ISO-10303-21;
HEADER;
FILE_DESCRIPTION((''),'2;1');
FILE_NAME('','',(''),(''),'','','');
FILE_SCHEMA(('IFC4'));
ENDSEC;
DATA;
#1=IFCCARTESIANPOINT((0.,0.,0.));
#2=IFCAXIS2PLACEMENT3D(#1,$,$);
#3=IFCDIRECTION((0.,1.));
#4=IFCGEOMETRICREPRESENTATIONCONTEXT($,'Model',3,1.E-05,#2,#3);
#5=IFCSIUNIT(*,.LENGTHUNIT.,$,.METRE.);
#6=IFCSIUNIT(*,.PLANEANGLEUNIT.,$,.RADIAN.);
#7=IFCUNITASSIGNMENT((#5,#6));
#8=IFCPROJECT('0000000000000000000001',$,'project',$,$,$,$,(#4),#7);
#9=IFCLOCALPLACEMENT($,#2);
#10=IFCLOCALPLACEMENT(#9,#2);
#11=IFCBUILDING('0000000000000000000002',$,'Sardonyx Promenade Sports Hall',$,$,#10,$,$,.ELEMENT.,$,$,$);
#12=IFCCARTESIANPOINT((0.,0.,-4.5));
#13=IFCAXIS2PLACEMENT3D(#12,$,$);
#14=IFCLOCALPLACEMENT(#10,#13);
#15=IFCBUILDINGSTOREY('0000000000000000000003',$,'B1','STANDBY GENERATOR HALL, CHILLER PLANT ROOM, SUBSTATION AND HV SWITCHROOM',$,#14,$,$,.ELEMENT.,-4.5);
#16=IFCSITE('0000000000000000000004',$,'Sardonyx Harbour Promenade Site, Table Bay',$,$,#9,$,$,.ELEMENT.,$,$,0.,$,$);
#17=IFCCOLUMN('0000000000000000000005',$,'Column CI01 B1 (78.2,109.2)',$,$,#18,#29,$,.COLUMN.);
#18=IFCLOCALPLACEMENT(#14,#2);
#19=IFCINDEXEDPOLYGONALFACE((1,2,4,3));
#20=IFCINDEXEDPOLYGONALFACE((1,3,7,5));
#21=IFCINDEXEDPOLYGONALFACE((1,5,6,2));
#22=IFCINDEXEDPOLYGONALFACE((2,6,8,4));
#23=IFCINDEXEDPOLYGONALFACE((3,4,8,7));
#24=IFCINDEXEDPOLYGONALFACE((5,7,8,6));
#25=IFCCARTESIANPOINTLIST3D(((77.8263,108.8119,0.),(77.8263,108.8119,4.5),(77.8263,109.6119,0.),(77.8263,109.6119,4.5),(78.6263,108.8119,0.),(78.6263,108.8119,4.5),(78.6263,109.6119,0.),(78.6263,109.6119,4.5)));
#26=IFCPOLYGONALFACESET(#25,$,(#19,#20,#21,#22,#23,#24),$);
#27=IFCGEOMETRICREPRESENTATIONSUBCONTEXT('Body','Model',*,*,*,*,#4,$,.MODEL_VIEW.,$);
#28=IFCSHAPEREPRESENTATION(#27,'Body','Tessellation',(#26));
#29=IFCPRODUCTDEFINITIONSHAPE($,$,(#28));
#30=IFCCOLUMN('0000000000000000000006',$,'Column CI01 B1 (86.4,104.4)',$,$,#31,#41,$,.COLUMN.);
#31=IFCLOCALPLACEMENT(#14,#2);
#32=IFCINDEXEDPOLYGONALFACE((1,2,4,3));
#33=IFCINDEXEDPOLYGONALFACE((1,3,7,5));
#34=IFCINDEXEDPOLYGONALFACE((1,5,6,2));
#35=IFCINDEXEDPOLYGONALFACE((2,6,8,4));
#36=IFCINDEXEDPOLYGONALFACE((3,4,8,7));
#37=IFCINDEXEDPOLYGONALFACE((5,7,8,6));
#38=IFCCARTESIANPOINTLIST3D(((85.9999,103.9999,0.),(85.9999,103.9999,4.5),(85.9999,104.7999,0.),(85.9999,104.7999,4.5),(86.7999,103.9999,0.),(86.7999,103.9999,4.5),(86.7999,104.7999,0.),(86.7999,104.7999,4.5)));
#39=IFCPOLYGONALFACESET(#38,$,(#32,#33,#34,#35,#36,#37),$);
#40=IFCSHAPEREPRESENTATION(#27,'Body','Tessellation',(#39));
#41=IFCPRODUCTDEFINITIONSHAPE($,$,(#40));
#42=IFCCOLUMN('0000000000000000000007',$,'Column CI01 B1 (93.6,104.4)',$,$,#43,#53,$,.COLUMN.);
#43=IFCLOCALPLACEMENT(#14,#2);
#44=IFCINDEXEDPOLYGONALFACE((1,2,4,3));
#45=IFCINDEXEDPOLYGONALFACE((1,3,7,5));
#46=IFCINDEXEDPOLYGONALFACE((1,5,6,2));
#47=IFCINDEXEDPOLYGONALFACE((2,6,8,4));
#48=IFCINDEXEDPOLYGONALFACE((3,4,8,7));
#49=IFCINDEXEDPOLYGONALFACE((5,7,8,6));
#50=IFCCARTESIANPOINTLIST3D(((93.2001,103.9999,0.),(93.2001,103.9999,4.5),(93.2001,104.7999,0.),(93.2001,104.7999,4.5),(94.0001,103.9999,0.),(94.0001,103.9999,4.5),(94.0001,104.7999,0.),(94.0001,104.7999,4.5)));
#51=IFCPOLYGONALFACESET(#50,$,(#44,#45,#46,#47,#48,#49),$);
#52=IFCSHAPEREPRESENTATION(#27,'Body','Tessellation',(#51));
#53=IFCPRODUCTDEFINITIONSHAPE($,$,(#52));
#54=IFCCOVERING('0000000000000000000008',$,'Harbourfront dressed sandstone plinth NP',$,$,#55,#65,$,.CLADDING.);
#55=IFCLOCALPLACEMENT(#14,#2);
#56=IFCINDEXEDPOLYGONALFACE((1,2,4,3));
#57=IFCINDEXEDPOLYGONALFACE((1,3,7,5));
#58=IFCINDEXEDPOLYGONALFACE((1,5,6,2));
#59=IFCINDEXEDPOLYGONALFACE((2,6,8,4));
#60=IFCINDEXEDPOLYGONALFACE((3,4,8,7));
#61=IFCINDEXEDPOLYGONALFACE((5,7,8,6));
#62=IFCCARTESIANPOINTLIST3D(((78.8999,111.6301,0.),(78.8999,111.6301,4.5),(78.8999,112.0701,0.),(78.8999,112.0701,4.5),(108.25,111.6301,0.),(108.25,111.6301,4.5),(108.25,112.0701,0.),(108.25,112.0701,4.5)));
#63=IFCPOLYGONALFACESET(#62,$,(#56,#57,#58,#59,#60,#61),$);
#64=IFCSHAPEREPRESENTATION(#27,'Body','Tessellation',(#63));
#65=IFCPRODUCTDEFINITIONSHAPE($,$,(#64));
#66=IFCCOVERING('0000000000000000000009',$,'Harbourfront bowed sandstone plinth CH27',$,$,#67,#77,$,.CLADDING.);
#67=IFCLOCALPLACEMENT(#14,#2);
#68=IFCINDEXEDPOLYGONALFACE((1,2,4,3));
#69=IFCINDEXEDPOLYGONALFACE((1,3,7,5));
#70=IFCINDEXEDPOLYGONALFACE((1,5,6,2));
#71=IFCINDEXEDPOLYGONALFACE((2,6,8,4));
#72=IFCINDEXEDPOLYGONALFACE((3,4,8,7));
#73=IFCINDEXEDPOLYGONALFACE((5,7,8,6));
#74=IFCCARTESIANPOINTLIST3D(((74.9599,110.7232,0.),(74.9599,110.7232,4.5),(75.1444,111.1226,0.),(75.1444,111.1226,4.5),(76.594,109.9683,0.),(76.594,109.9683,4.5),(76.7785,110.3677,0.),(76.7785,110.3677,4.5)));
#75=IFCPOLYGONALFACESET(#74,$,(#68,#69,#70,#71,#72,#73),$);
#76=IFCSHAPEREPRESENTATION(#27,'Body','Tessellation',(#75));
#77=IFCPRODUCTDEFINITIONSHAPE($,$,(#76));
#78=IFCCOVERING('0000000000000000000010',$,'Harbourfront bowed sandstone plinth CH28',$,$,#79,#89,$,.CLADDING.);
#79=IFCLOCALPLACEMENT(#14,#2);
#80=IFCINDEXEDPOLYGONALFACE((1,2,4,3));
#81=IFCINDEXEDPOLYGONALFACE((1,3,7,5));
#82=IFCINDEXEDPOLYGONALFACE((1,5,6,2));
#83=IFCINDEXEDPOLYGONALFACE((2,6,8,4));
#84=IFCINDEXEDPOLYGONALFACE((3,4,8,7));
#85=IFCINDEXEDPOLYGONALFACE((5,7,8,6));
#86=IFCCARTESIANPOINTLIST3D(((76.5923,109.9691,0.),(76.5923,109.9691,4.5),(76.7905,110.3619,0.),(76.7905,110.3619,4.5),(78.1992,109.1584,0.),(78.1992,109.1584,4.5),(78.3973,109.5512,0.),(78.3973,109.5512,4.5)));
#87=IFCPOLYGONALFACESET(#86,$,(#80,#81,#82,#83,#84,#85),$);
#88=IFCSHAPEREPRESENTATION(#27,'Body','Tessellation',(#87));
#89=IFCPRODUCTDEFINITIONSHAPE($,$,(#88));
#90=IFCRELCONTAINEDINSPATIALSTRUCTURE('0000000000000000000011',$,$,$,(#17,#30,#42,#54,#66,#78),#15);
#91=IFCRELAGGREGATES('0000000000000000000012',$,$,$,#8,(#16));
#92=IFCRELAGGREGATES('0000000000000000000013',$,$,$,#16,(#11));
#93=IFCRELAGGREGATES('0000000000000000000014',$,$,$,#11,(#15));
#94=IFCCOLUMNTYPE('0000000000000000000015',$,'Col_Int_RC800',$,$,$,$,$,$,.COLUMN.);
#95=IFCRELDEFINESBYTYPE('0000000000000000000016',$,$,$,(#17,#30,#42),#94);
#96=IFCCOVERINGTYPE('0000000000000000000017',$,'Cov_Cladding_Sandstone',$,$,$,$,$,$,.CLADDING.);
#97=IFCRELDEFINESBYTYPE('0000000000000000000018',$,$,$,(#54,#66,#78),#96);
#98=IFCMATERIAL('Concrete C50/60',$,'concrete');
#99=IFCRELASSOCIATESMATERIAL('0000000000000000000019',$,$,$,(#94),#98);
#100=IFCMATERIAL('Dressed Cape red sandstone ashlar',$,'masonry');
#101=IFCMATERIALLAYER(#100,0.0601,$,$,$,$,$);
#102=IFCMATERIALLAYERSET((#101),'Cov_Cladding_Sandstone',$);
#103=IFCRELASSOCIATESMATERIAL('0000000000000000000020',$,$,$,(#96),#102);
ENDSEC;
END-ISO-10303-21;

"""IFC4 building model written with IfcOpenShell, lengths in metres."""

from ifc_helpers import new_model, si_unit, direction, frame, frame_2d, origin, origin_2d, place, context, subcontext, project, spatial, rectangle, extrude, material, layer, layer_set, material_profile, profile_set, type_object, element, save


model = new_model("IFC4")

# Units and contexts
model_context = context("Model", 3, precision=1e-05, world=origin(), true_north=direction((0.0, 1.0)))
body_context = subcontext(model_context, "Body", "Model", "MODEL_VIEW")
ifc_project = project(units=[si_unit("LENGTHUNIT", "METRE"), si_unit("PLANEANGLEUNIT", "RADIAN")], contexts=[model_context])

# Site, building, storey
site_placement = place(None, origin())
site = spatial("IfcSite", under=ifc_project, at=site_placement, Name="Sardonyx Harbour Promenade Site, Table Bay", CompositionType="ELEMENT", RefElevation=0.0)
building_placement = place(site_placement, origin())
building = spatial("IfcBuilding", under=site, at=building_placement, Name="Sardonyx Promenade Sports Hall", CompositionType="ELEMENT")
storey_placement = place(building_placement, frame((0.0, 0.0, -4.5)))
storey = spatial("IfcBuildingStorey", under=building, at=storey_placement, Name="B1", Description="STANDBY GENERATOR HALL, CHILLER PLANT ROOM, SUBSTATION AND HV SWITCHROOM", CompositionType="ELEMENT", Elevation=-4.5)

# Columns
ifc_material_1 = material(Name="Concrete C50/60", Category="concrete")
ifc_material_profile_1 = material_profile(ifc_material_1, rectangle(XDim=0.8, YDim=0.8, at=origin_2d()))
ifc_profile_set_1 = profile_set([ifc_material_profile_1], Name="Concrete C50/60")
column_type_1 = type_object("IfcColumnType", Name="Col_Int_RC800", PredefinedType="COLUMN", material=ifc_profile_set_1)
for number, where, z_axis, x_axis, name in (
    (1, (78.2263, 109.2119, 0.0), (0.0, 0.0, 1.0), (1.0, 0.0, 0.0), "Column CI01 B1 (78.2,109.2)"),
    (2, (86.3999, 104.3999, 0.0), (0.0, 0.0, 1.0), (1.0, 0.0, 0.0), "Column CI01 B1 (86.4,104.4)"),
    (3, (93.6001, 104.3999, 0.0), (0.0, 0.0, 1.0), (1.0, 0.0, 0.0), "Column CI01 B1 (93.6,104.4)"),
):
    element("IfcColumn", number, at=place(storey_placement, frame(where, z_axis=z_axis, x_axis=x_axis)), inside=storey, type_object=column_type_1, Name=name, PredefinedType="COLUMN", context=body_context, shape_type="SweptSolid", body=[
        extrude(rectangle(XDim=0.8, YDim=0.8, at=origin_2d()), origin(), (0.0, 0.0, 1.0), 4.5),
    ])

# Coverings
ifc_material_2 = material(Name="Dressed Cape red sandstone ashlar", Category="masonry")
ifc_layer = layer(ifc_material_2, 0.0601)
ifc_layer_set = layer_set([ifc_layer], Name="Cov_Cladding_Sandstone")
covering_type = type_object("IfcCoveringType", Name="Cov_Cladding_Sandstone", PredefinedType="CLADDING", material=ifc_layer_set)
covering_1_placement = place(storey_placement, frame((78.8999, 111.8501, 0.0), z_axis=(0.0, 0.0, 1.0), x_axis=(1.0, 0.0, 0.0)))
element("IfcCovering", 4, at=covering_1_placement, inside=storey, type_object=covering_type, Name="Harbourfront dressed sandstone plinth NP", PredefinedType="CLADDING", context=body_context, shape_type="SweptSolid", body=[
    extrude(rectangle(XDim=29.3501, YDim=0.4399, at=frame_2d((14.675, 0.0))), origin(), (0.0, 0.0, 1.0), 4.5),
])
covering_2_placement = place(storey_placement, frame((75.0522, 110.9229, 0.0), z_axis=(0.0, 0.0, 1.0), x_axis=(0.907808, -0.419385, 0.0)))
element("IfcCovering", 5, at=covering_2_placement, inside=storey, type_object=covering_type, Name="Harbourfront bowed sandstone plinth CH27", PredefinedType="CLADDING", context=body_context, shape_type="SweptSolid", body=[
    extrude(rectangle(XDim=1.8, YDim=0.4399, at=frame_2d((0.8999, 0.0))), origin(), (0.0, 0.0, 1.0), 4.5),
])
covering_3_placement = place(storey_placement, frame((76.6914, 110.1655, 0.0), z_axis=(0.0, 0.0, 1.0), x_axis=(0.892794, -0.450466, 0.0)))
element("IfcCovering", 6, at=covering_3_placement, inside=storey, type_object=covering_type, Name="Harbourfront bowed sandstone plinth CH28", PredefinedType="CLADDING", context=body_context, shape_type="SweptSolid", body=[
    extrude(rectangle(XDim=1.7998, YDim=0.4399, at=frame_2d((0.8999, 0.0))), origin(), (0.0, 0.0, 1.0), 4.5),
])

save(model, "model.ifc")
